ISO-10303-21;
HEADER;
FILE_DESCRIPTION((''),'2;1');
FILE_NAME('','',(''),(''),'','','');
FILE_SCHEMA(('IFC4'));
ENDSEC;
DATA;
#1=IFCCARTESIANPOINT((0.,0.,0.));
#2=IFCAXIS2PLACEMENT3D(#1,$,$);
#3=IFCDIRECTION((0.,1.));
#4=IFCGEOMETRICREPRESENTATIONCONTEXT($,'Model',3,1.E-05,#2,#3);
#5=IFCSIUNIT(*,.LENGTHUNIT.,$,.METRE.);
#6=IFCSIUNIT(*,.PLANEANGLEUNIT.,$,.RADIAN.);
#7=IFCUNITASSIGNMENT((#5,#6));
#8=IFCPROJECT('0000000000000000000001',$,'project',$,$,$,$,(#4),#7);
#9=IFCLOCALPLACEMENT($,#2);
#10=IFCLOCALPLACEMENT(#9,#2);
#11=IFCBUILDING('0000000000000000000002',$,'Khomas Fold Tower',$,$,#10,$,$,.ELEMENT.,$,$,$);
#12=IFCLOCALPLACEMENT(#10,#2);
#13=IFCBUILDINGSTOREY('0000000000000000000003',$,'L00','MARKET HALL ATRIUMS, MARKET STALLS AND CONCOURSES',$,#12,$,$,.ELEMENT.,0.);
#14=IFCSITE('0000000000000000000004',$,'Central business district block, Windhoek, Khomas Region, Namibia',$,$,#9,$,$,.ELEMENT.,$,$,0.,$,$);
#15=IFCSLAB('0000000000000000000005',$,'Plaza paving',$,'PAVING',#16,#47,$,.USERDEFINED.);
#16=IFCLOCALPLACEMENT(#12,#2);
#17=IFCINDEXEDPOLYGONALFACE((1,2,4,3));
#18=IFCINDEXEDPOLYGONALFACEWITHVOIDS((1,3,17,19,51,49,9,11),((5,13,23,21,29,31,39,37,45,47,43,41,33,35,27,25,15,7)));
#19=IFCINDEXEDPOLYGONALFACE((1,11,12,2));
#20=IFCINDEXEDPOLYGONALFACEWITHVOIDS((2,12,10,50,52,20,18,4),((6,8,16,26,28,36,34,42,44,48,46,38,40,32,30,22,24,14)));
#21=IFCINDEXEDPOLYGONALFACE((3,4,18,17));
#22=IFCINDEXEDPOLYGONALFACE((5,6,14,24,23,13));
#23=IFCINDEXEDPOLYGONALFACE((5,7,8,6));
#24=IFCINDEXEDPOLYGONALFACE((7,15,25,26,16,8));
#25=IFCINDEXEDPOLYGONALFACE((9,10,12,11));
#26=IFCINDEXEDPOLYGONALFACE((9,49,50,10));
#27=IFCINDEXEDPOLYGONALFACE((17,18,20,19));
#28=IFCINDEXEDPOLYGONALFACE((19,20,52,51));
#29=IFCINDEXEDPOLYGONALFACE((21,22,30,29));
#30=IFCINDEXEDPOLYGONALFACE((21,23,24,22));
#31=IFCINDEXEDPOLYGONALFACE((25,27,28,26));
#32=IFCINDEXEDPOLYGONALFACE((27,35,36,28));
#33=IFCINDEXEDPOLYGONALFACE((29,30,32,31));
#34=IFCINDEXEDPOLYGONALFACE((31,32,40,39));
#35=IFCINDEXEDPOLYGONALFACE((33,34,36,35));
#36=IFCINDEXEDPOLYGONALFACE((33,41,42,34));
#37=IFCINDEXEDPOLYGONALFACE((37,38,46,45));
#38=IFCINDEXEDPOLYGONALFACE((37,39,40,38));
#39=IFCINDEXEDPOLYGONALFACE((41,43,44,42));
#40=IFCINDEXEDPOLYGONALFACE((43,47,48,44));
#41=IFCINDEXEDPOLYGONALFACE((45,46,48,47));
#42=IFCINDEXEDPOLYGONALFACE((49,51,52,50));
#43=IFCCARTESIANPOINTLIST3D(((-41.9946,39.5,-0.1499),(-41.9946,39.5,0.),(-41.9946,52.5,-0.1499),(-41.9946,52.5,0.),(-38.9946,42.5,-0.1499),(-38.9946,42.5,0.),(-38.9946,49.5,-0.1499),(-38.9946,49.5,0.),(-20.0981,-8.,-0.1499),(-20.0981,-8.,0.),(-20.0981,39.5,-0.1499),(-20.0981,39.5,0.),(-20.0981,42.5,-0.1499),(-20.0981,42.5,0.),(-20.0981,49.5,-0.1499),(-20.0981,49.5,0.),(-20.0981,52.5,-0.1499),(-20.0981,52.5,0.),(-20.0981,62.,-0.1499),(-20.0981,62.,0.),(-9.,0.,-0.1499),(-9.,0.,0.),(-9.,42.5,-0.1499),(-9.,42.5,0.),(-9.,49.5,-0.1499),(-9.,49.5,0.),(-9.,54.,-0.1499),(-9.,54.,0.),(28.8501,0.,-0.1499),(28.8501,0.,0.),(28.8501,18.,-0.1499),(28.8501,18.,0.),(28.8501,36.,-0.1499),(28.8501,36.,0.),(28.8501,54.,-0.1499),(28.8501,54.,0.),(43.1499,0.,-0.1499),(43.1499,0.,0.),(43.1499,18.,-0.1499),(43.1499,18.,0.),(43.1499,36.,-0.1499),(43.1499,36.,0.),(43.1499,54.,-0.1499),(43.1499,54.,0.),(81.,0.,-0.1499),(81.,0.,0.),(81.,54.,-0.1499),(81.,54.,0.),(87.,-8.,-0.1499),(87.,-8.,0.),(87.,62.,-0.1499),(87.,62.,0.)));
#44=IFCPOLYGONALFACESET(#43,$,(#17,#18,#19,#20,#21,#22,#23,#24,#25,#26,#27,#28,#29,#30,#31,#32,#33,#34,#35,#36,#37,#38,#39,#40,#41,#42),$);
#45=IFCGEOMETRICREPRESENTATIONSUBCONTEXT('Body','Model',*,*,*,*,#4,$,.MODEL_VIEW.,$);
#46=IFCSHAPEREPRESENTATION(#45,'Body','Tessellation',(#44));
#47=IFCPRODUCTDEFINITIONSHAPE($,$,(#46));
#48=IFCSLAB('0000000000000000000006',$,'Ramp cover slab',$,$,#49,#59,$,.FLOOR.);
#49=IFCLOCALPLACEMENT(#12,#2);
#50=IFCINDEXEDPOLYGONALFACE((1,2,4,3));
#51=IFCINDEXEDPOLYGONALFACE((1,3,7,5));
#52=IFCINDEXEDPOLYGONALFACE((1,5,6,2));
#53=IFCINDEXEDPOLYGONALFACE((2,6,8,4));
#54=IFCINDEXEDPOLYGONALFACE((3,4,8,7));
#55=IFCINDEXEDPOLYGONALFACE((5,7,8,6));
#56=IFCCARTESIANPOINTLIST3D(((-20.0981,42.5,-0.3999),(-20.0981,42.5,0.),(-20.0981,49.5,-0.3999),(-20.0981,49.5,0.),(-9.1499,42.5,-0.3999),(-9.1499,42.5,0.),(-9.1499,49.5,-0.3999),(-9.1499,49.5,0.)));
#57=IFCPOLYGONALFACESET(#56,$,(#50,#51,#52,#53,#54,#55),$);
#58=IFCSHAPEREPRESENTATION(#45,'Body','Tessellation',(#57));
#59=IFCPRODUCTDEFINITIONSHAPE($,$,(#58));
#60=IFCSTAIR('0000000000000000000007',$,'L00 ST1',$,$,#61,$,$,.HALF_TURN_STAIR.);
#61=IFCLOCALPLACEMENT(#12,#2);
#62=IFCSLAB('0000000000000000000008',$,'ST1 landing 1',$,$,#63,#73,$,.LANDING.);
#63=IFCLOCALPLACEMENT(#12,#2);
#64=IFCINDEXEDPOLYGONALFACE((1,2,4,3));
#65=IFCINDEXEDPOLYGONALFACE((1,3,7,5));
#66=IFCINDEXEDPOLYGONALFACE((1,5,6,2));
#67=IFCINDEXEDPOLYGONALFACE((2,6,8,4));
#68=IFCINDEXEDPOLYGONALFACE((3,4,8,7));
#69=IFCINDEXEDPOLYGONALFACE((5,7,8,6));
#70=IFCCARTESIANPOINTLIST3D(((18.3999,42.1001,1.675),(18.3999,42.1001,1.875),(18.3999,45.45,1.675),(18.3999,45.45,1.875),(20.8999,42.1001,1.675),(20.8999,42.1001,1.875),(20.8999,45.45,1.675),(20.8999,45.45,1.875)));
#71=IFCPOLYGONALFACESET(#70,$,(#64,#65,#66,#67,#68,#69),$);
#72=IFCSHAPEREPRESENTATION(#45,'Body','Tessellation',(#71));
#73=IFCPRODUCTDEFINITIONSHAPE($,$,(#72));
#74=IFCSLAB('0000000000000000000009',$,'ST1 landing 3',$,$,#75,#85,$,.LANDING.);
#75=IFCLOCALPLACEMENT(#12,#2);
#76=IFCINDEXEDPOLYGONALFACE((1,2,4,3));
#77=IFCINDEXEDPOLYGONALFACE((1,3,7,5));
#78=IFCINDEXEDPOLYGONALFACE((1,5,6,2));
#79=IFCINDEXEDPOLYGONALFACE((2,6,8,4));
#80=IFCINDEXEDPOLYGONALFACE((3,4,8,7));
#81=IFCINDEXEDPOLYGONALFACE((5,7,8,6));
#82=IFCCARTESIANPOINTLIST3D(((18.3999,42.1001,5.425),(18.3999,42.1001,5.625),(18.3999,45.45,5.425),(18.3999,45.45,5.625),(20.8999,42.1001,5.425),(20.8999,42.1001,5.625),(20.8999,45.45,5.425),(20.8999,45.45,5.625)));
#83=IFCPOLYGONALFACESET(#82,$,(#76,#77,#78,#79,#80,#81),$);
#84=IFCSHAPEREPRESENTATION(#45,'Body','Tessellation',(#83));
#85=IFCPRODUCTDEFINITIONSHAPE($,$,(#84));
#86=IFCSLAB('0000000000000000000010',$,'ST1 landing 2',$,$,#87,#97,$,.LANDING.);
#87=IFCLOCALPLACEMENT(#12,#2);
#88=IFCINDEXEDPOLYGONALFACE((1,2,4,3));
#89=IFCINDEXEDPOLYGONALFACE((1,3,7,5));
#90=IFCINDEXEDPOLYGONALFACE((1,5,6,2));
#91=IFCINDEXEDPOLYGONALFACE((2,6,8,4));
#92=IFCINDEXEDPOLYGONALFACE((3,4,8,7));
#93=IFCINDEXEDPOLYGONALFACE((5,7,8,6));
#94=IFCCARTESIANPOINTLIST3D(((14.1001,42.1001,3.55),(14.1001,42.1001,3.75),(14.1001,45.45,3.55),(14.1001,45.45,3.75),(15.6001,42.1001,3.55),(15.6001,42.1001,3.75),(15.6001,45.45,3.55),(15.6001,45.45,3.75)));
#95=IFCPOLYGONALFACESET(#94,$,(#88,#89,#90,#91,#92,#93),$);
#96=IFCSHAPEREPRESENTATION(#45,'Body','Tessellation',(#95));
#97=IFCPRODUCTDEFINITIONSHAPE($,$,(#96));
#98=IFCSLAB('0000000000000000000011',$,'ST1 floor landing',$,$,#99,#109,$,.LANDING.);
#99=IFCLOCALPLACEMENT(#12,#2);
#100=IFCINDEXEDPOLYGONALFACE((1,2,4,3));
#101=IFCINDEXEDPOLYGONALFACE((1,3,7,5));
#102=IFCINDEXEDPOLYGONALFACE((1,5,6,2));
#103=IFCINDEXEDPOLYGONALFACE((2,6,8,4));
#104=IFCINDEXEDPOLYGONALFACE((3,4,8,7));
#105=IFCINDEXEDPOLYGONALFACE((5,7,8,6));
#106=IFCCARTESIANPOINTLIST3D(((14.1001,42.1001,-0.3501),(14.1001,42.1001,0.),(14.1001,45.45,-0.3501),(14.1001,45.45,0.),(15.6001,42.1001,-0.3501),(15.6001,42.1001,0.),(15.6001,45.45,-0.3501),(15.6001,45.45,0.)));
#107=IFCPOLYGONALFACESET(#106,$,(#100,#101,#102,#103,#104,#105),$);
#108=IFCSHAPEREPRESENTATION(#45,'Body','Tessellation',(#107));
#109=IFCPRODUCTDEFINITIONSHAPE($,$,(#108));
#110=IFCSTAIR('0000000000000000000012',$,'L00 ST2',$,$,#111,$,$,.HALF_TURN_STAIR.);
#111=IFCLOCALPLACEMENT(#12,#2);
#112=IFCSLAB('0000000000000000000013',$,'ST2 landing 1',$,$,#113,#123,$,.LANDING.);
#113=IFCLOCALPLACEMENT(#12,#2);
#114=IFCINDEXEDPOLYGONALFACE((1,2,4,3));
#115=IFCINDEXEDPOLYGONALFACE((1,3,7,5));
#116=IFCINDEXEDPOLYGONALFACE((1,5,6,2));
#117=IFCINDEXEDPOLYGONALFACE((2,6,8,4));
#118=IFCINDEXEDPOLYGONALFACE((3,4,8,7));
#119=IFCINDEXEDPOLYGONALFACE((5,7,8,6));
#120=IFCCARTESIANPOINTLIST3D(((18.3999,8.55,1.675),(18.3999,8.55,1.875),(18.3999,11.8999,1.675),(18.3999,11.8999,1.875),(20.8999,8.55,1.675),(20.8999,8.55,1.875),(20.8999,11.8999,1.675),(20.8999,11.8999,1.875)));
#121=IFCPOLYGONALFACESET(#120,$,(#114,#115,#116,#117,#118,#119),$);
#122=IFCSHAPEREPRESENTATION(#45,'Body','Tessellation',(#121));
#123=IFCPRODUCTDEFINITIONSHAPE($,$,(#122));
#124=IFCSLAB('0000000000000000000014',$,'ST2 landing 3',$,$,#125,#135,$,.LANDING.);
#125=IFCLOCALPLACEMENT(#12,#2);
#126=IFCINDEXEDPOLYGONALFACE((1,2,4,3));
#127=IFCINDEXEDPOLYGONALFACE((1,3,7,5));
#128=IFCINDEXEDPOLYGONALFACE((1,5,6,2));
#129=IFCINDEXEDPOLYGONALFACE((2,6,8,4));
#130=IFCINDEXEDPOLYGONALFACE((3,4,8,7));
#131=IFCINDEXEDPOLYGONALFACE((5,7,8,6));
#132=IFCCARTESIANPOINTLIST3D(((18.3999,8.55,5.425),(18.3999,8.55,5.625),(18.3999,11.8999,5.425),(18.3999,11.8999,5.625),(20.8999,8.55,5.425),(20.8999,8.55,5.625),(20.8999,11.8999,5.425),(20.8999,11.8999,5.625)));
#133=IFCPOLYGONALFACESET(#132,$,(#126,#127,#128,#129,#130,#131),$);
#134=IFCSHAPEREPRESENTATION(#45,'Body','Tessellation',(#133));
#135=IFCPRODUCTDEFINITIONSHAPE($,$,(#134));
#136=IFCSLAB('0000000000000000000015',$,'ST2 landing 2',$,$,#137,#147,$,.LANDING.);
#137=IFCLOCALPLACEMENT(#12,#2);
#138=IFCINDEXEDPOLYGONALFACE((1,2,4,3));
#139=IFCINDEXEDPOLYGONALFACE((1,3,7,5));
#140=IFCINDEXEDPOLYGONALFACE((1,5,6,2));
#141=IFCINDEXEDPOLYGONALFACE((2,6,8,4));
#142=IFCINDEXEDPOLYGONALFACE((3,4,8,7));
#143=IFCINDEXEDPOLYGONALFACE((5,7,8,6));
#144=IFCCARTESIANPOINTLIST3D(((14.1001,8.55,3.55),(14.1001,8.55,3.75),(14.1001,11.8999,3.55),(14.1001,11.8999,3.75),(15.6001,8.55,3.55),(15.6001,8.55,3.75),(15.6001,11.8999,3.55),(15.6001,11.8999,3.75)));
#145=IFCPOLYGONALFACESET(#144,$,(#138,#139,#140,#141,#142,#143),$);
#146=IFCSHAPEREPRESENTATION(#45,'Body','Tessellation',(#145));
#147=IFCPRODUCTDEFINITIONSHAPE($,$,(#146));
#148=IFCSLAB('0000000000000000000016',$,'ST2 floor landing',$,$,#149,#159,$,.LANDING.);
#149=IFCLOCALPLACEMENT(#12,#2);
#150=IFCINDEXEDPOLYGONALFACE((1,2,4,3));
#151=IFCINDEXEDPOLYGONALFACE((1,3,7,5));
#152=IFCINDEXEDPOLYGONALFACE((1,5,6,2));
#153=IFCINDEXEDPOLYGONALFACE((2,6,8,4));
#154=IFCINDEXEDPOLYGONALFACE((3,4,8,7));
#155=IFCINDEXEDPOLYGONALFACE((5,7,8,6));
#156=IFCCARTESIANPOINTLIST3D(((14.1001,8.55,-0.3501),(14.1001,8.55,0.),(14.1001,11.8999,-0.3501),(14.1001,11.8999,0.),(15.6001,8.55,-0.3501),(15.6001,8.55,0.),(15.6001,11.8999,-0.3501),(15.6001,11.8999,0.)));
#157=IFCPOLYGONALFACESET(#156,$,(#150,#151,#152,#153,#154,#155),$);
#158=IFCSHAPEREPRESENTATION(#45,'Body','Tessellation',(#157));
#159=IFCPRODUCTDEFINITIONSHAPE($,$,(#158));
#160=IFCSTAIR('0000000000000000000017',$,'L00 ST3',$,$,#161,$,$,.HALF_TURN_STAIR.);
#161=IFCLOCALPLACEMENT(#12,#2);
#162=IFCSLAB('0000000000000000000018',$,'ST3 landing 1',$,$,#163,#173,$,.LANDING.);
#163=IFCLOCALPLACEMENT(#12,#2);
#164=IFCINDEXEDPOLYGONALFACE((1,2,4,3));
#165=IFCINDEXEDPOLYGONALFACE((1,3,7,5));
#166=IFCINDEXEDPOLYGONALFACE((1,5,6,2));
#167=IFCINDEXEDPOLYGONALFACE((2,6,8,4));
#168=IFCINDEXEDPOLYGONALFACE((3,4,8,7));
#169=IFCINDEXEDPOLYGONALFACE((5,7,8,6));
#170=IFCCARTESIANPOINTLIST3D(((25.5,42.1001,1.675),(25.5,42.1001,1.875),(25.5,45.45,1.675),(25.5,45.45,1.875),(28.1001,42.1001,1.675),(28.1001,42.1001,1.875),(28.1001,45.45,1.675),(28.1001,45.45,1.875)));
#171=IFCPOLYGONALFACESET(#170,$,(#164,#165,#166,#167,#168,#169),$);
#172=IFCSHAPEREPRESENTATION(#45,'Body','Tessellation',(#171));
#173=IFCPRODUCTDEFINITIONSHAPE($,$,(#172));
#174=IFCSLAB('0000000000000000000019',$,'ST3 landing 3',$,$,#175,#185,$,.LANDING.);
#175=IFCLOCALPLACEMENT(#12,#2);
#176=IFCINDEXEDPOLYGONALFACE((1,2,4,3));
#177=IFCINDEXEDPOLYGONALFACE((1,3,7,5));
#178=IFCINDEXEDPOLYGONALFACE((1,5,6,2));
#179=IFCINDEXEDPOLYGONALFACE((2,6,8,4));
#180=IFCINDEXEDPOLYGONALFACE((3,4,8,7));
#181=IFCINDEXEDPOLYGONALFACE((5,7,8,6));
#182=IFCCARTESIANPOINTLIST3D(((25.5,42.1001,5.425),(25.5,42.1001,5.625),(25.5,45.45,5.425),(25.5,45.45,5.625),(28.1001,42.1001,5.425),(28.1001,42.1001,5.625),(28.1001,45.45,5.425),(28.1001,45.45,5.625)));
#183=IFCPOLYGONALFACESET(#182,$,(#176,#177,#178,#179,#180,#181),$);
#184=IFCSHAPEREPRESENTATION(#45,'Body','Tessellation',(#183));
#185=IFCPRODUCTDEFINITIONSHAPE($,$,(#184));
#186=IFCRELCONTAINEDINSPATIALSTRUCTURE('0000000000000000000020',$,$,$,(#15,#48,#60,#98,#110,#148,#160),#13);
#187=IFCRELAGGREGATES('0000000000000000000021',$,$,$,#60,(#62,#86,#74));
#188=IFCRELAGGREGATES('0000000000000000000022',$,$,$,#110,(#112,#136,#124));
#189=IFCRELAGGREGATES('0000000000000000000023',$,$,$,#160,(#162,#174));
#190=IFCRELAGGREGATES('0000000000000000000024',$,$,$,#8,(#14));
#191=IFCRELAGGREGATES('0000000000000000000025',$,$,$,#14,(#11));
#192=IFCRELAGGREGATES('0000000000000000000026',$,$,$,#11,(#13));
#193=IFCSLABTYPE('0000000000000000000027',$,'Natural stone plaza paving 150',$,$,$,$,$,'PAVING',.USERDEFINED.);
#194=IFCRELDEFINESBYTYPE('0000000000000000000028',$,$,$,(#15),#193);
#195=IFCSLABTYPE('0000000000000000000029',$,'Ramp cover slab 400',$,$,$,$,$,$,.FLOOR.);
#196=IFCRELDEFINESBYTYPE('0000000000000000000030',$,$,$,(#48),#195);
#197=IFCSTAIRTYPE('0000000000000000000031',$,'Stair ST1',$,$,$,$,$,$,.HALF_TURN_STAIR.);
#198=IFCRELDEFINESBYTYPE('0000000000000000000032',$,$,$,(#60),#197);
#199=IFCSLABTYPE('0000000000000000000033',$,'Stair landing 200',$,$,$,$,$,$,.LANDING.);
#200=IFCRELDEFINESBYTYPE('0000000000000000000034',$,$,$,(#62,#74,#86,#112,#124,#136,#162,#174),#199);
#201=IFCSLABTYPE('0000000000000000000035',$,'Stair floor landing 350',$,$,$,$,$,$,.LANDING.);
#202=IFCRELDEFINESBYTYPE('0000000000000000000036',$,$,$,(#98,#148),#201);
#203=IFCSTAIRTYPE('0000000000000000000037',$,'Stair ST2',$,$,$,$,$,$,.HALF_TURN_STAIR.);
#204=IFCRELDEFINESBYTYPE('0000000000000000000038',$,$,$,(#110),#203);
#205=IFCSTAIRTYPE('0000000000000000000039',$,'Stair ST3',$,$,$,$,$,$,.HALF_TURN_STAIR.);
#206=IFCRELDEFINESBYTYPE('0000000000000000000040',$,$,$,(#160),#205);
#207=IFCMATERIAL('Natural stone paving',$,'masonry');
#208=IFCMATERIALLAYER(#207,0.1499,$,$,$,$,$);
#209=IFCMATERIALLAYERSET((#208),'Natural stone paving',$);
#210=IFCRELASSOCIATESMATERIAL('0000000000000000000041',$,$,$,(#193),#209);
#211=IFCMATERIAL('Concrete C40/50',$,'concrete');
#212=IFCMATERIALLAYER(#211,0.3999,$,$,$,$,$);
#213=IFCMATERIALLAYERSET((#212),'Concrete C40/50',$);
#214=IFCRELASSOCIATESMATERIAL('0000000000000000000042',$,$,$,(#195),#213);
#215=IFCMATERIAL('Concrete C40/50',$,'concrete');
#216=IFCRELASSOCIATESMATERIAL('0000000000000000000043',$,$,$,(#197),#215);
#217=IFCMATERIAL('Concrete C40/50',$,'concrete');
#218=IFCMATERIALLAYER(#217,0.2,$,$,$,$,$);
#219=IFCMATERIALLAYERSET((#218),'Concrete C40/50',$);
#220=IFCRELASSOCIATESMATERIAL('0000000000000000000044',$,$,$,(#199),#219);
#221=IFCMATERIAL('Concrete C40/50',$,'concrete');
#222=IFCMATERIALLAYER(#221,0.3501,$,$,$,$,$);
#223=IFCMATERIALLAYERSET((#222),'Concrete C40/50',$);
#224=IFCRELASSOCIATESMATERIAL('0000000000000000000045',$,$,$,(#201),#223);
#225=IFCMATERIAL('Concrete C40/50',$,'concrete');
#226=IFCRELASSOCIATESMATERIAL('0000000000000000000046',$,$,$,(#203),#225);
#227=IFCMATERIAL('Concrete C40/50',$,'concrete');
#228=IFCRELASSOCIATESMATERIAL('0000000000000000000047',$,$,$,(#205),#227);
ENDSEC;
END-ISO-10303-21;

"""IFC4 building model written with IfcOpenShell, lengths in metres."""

from ifc_helpers import new_model, si_unit, direction, frame, origin, place, context, subcontext, project, spatial, polyline, outline, extrude, source, transform, mapped, material, layer, layer_set, type_object, element, aggregate, save


model = new_model("IFC4")

# Units and contexts
model_context = context("Model", 3, precision=1e-05, world=origin(), true_north=direction((0.0, 1.0)))
body_context = subcontext(model_context, "Body", "Model", "MODEL_VIEW")
ifc_project = project(units=[si_unit("LENGTHUNIT", "METRE"), si_unit("PLANEANGLEUNIT", "RADIAN")], contexts=[model_context])

# Site, building, storey
site_placement = place(None, origin())
site = spatial("IfcSite", under=ifc_project, at=site_placement, Name="Central business district block, Windhoek, Khomas Region, Namibia", CompositionType="ELEMENT", RefElevation=0.0)
building_placement = place(site_placement, origin())
building = spatial("IfcBuilding", under=site, at=building_placement, Name="Khomas Fold Tower", CompositionType="ELEMENT")
storey_placement = place(building_placement, origin())
storey = spatial("IfcBuildingStorey", under=building, at=storey_placement, Name="L00", Description="MARKET HALL ATRIUMS, MARKET STALLS AND CONCOURSES", CompositionType="ELEMENT", Elevation=0.0)

# Slabs
ifc_material_1 = material(Name="Natural stone paving", Category="masonry")
ifc_layer_1 = layer(ifc_material_1, 0.1499)
ifc_layer_set_1 = layer_set([ifc_layer_1], Name="Natural stone paving")
slab_type_1 = type_object("IfcSlabType", Name="Natural stone plaza paving 150", ElementType="PAVING", PredefinedType="USERDEFINED", material=ifc_layer_set_1)
shared_shape_1 = source(origin(), body_context, "Body", "SweptSolid", [
    extrude(outline(polyline([(-20.0981, 52.5), (-41.9946, 52.5), (-41.9946, 39.5), (-20.0981, 39.5), (-20.0981, -8.0), (87.0, -8.0), (87.0, 62.0), (-20.0981, 62.0), (-20.0981, 52.5)]), holes=[polyline([(-9.0, 0.0), (28.8501, 0.0), (28.8501, 18.0), (43.1499, 18.0), (43.1499, 0.0), (81.0, 0.0), (81.0, 54.0), (43.1499, 54.0), (43.1499, 36.0), (28.8501, 36.0), (28.8501, 54.0), (-9.0, 54.0), (-9.0, 49.5), (-20.0981, 49.5), (-38.9946, 49.5), (-38.9946, 42.5), (-20.0981, 42.5), (-9.0, 42.5), (-9.0, 0.0)])]), origin(), (0.0, 0.0, 1.0), 0.1499),
])
slab_1_placement = place(storey_placement, frame((0.0, 0.0, -0.1499)))
element("IfcSlab", 1, at=slab_1_placement, inside=storey, type_object=slab_type_1, Name="Plaza paving", ObjectType="PAVING", PredefinedType="USERDEFINED", context=body_context, shape_type="MappedRepresentation", body=[
    mapped(shared_shape_1, transform((0.0, 0.0, 0.0))),
])
ifc_material_2 = material(Name="Concrete C40/50", Category="concrete")
ifc_layer_2 = layer(ifc_material_2, 0.3999)
ifc_layer_set_2 = layer_set([ifc_layer_2], Name="Concrete C40/50")
slab_type_2 = type_object("IfcSlabType", Name="Ramp cover slab 400", PredefinedType="FLOOR", material=ifc_layer_set_2)
shared_shape_2 = source(origin(), body_context, "Body", "SweptSolid", [
    extrude(outline(polyline([(-9.1499, 42.5), (-9.1499, 49.5), (-20.0981, 49.5), (-20.0981, 42.5), (-9.1499, 42.5)])), origin(), (0.0, 0.0, 1.0), 0.3999),
])
slab_2_placement = place(storey_placement, frame((0.0, 0.0, -0.3999)))
element("IfcSlab", 2, at=slab_2_placement, inside=storey, type_object=slab_type_2, Name="Ramp cover slab", PredefinedType="FLOOR", context=body_context, shape_type="MappedRepresentation", body=[
    mapped(shared_shape_2, transform((0.0, 0.0, 0.0))),
])

# Stair, slabs
ifc_material_3 = material(Name="Concrete C40/50", Category="concrete")
stair_type_1 = type_object("IfcStairType", Name="Stair ST1", PredefinedType="HALF_TURN_STAIR", material=ifc_material_3)
stair_1_placement = place(storey_placement, origin())
stair_1 = element("IfcStair", 3, at=stair_1_placement, inside=storey, type_object=stair_type_1, Name="L00 ST1", PredefinedType="HALF_TURN_STAIR")
ifc_material_4 = material(Name="Concrete C40/50", Category="concrete")
ifc_layer_3 = layer(ifc_material_4, 0.2)
ifc_layer_set_3 = layer_set([ifc_layer_3], Name="Concrete C40/50")
slab_type_3 = type_object("IfcSlabType", Name="Stair landing 200", PredefinedType="LANDING", material=ifc_layer_set_3)
shared_shape_3 = source(origin(), body_context, "Body", "SweptSolid", [
    extrude(outline(polyline([(18.3999, 42.1001), (20.8999, 42.1001), (20.8999, 45.45), (18.3999, 45.45), (18.3999, 42.1001)])), origin(), (0.0, 0.0, 1.0), 0.2),
])
slab_3_placement = place(storey_placement, frame((0.0, 0.0, 1.675)))
slab_3 = element("IfcSlab", 4, at=slab_3_placement, type_object=slab_type_3, Name="ST1 landing 1", PredefinedType="LANDING", context=body_context, shape_type="MappedRepresentation", body=[
    mapped(shared_shape_3, transform((0.0, 0.0, 0.0))),
])
slab_4_placement = place(storey_placement, frame((0.0, 0.0, 5.425)))
slab_4 = element("IfcSlab", 5, at=slab_4_placement, type_object=slab_type_3, Name="ST1 landing 3", PredefinedType="LANDING", context=body_context, shape_type="MappedRepresentation", body=[
    mapped(shared_shape_3, transform((0.0, 0.0, 0.0))),
])
shared_shape_4 = source(origin(), body_context, "Body", "SweptSolid", [
    extrude(outline(polyline([(14.1001, 42.1001), (15.6001, 42.1001), (15.6001, 45.45), (14.1001, 45.45), (14.1001, 42.1001)])), origin(), (0.0, 0.0, 1.0), 0.2),
])
slab_5_placement = place(storey_placement, frame((0.0, 0.0, 3.55)))
slab_5 = element("IfcSlab", 6, at=slab_5_placement, type_object=slab_type_3, Name="ST1 landing 2", PredefinedType="LANDING", context=body_context, shape_type="MappedRepresentation", body=[
    mapped(shared_shape_4, transform((0.0, 0.0, 0.0))),
])
aggregate(stair_1, [slab_3, slab_5, slab_4])

# Slab
ifc_material_5 = material(Name="Concrete C40/50", Category="concrete")
ifc_layer_4 = layer(ifc_material_5, 0.3501)
ifc_layer_set_4 = layer_set([ifc_layer_4], Name="Concrete C40/50")
slab_type_4 = type_object("IfcSlabType", Name="Stair floor landing 350", PredefinedType="LANDING", material=ifc_layer_set_4)
shared_shape_5 = source(origin(), body_context, "Body", "SweptSolid", [
    extrude(outline(polyline([(15.6001, 42.1001), (14.1001, 42.1001), (14.1001, 45.45), (15.6001, 45.45), (15.6001, 42.1001)])), origin(), (0.0, 0.0, 1.0), 0.3501),
])
slab_6_placement = place(storey_placement, frame((0.0, 0.0, -0.3501)))
element("IfcSlab", 7, at=slab_6_placement, inside=storey, type_object=slab_type_4, Name="ST1 floor landing", PredefinedType="LANDING", context=body_context, shape_type="MappedRepresentation", body=[
    mapped(shared_shape_5, transform((0.0, 0.0, 0.0))),
])

# Stair, slabs
ifc_material_6 = material(Name="Concrete C40/50", Category="concrete")
stair_type_2 = type_object("IfcStairType", Name="Stair ST2", PredefinedType="HALF_TURN_STAIR", material=ifc_material_6)
stair_2_placement = place(storey_placement, origin())
stair_2 = element("IfcStair", 8, at=stair_2_placement, inside=storey, type_object=stair_type_2, Name="L00 ST2", PredefinedType="HALF_TURN_STAIR")
shared_shape_6 = source(origin(), body_context, "Body", "SweptSolid", [
    extrude(outline(polyline([(18.3999, 8.55), (20.8999, 8.55), (20.8999, 11.8999), (18.3999, 11.8999), (18.3999, 8.55)])), origin(), (0.0, 0.0, 1.0), 0.2),
])
slab_7_placement = place(storey_placement, frame((0.0, 0.0, 1.675)))
slab_7 = element("IfcSlab", 9, at=slab_7_placement, type_object=slab_type_3, Name="ST2 landing 1", PredefinedType="LANDING", context=body_context, shape_type="MappedRepresentation", body=[
    mapped(shared_shape_6, transform((0.0, 0.0, 0.0))),
])
slab_8_placement = place(storey_placement, frame((0.0, 0.0, 5.425)))
slab_8 = element("IfcSlab", 10, at=slab_8_placement, type_object=slab_type_3, Name="ST2 landing 3", PredefinedType="LANDING", context=body_context, shape_type="MappedRepresentation", body=[
    mapped(shared_shape_6, transform((0.0, 0.0, 0.0))),
])
shared_shape_7 = source(origin(), body_context, "Body", "SweptSolid", [
    extrude(outline(polyline([(14.1001, 8.55), (15.6001, 8.55), (15.6001, 11.8999), (14.1001, 11.8999), (14.1001, 8.55)])), origin(), (0.0, 0.0, 1.0), 0.2),
])
slab_9_placement = place(storey_placement, frame((0.0, 0.0, 3.55)))
slab_9 = element("IfcSlab", 11, at=slab_9_placement, type_object=slab_type_3, Name="ST2 landing 2", PredefinedType="LANDING", context=body_context, shape_type="MappedRepresentation", body=[
    mapped(shared_shape_7, transform((0.0, 0.0, 0.0))),
])
aggregate(stair_2, [slab_7, slab_9, slab_8])

# Slab
shared_shape_8 = source(origin(), body_context, "Body", "SweptSolid", [
    extrude(outline(polyline([(15.6001, 8.55), (14.1001, 8.55), (14.1001, 11.8999), (15.6001, 11.8999), (15.6001, 8.55)])), origin(), (0.0, 0.0, 1.0), 0.3501),
])
slab_10_placement = place(storey_placement, frame((0.0, 0.0, -0.3501)))
element("IfcSlab", 12, at=slab_10_placement, inside=storey, type_object=slab_type_4, Name="ST2 floor landing", PredefinedType="LANDING", context=body_context, shape_type="MappedRepresentation", body=[
    mapped(shared_shape_8, transform((0.0, 0.0, 0.0))),
])

# Stair, slabs
ifc_material_7 = material(Name="Concrete C40/50", Category="concrete")
stair_type_3 = type_object("IfcStairType", Name="Stair ST3", PredefinedType="HALF_TURN_STAIR", material=ifc_material_7)
stair_3_placement = place(storey_placement, origin())
stair_3 = element("IfcStair", 13, at=stair_3_placement, inside=storey, type_object=stair_type_3, Name="L00 ST3", PredefinedType="HALF_TURN_STAIR")
shared_shape_9 = source(origin(), body_context, "Body", "SweptSolid", [
    extrude(outline(polyline([(25.5, 42.1001), (28.1001, 42.1001), (28.1001, 45.45), (25.5, 45.45), (25.5, 42.1001)])), origin(), (0.0, 0.0, 1.0), 0.2),
])
slab_11_placement = place(storey_placement, frame((0.0, 0.0, 1.675)))
slab_11 = element("IfcSlab", 14, at=slab_11_placement, type_object=slab_type_3, Name="ST3 landing 1", PredefinedType="LANDING", context=body_context, shape_type="MappedRepresentation", body=[
    mapped(shared_shape_9, transform((0.0, 0.0, 0.0))),
])
slab_12_placement = place(storey_placement, frame((0.0, 0.0, 5.425)))
slab_12 = element("IfcSlab", 15, at=slab_12_placement, type_object=slab_type_3, Name="ST3 landing 3", PredefinedType="LANDING", context=body_context, shape_type="MappedRepresentation", body=[
    mapped(shared_shape_9, transform((0.0, 0.0, 0.0))),
])
aggregate(stair_3, [slab_11, slab_12])

save(model, "model.ifc")
